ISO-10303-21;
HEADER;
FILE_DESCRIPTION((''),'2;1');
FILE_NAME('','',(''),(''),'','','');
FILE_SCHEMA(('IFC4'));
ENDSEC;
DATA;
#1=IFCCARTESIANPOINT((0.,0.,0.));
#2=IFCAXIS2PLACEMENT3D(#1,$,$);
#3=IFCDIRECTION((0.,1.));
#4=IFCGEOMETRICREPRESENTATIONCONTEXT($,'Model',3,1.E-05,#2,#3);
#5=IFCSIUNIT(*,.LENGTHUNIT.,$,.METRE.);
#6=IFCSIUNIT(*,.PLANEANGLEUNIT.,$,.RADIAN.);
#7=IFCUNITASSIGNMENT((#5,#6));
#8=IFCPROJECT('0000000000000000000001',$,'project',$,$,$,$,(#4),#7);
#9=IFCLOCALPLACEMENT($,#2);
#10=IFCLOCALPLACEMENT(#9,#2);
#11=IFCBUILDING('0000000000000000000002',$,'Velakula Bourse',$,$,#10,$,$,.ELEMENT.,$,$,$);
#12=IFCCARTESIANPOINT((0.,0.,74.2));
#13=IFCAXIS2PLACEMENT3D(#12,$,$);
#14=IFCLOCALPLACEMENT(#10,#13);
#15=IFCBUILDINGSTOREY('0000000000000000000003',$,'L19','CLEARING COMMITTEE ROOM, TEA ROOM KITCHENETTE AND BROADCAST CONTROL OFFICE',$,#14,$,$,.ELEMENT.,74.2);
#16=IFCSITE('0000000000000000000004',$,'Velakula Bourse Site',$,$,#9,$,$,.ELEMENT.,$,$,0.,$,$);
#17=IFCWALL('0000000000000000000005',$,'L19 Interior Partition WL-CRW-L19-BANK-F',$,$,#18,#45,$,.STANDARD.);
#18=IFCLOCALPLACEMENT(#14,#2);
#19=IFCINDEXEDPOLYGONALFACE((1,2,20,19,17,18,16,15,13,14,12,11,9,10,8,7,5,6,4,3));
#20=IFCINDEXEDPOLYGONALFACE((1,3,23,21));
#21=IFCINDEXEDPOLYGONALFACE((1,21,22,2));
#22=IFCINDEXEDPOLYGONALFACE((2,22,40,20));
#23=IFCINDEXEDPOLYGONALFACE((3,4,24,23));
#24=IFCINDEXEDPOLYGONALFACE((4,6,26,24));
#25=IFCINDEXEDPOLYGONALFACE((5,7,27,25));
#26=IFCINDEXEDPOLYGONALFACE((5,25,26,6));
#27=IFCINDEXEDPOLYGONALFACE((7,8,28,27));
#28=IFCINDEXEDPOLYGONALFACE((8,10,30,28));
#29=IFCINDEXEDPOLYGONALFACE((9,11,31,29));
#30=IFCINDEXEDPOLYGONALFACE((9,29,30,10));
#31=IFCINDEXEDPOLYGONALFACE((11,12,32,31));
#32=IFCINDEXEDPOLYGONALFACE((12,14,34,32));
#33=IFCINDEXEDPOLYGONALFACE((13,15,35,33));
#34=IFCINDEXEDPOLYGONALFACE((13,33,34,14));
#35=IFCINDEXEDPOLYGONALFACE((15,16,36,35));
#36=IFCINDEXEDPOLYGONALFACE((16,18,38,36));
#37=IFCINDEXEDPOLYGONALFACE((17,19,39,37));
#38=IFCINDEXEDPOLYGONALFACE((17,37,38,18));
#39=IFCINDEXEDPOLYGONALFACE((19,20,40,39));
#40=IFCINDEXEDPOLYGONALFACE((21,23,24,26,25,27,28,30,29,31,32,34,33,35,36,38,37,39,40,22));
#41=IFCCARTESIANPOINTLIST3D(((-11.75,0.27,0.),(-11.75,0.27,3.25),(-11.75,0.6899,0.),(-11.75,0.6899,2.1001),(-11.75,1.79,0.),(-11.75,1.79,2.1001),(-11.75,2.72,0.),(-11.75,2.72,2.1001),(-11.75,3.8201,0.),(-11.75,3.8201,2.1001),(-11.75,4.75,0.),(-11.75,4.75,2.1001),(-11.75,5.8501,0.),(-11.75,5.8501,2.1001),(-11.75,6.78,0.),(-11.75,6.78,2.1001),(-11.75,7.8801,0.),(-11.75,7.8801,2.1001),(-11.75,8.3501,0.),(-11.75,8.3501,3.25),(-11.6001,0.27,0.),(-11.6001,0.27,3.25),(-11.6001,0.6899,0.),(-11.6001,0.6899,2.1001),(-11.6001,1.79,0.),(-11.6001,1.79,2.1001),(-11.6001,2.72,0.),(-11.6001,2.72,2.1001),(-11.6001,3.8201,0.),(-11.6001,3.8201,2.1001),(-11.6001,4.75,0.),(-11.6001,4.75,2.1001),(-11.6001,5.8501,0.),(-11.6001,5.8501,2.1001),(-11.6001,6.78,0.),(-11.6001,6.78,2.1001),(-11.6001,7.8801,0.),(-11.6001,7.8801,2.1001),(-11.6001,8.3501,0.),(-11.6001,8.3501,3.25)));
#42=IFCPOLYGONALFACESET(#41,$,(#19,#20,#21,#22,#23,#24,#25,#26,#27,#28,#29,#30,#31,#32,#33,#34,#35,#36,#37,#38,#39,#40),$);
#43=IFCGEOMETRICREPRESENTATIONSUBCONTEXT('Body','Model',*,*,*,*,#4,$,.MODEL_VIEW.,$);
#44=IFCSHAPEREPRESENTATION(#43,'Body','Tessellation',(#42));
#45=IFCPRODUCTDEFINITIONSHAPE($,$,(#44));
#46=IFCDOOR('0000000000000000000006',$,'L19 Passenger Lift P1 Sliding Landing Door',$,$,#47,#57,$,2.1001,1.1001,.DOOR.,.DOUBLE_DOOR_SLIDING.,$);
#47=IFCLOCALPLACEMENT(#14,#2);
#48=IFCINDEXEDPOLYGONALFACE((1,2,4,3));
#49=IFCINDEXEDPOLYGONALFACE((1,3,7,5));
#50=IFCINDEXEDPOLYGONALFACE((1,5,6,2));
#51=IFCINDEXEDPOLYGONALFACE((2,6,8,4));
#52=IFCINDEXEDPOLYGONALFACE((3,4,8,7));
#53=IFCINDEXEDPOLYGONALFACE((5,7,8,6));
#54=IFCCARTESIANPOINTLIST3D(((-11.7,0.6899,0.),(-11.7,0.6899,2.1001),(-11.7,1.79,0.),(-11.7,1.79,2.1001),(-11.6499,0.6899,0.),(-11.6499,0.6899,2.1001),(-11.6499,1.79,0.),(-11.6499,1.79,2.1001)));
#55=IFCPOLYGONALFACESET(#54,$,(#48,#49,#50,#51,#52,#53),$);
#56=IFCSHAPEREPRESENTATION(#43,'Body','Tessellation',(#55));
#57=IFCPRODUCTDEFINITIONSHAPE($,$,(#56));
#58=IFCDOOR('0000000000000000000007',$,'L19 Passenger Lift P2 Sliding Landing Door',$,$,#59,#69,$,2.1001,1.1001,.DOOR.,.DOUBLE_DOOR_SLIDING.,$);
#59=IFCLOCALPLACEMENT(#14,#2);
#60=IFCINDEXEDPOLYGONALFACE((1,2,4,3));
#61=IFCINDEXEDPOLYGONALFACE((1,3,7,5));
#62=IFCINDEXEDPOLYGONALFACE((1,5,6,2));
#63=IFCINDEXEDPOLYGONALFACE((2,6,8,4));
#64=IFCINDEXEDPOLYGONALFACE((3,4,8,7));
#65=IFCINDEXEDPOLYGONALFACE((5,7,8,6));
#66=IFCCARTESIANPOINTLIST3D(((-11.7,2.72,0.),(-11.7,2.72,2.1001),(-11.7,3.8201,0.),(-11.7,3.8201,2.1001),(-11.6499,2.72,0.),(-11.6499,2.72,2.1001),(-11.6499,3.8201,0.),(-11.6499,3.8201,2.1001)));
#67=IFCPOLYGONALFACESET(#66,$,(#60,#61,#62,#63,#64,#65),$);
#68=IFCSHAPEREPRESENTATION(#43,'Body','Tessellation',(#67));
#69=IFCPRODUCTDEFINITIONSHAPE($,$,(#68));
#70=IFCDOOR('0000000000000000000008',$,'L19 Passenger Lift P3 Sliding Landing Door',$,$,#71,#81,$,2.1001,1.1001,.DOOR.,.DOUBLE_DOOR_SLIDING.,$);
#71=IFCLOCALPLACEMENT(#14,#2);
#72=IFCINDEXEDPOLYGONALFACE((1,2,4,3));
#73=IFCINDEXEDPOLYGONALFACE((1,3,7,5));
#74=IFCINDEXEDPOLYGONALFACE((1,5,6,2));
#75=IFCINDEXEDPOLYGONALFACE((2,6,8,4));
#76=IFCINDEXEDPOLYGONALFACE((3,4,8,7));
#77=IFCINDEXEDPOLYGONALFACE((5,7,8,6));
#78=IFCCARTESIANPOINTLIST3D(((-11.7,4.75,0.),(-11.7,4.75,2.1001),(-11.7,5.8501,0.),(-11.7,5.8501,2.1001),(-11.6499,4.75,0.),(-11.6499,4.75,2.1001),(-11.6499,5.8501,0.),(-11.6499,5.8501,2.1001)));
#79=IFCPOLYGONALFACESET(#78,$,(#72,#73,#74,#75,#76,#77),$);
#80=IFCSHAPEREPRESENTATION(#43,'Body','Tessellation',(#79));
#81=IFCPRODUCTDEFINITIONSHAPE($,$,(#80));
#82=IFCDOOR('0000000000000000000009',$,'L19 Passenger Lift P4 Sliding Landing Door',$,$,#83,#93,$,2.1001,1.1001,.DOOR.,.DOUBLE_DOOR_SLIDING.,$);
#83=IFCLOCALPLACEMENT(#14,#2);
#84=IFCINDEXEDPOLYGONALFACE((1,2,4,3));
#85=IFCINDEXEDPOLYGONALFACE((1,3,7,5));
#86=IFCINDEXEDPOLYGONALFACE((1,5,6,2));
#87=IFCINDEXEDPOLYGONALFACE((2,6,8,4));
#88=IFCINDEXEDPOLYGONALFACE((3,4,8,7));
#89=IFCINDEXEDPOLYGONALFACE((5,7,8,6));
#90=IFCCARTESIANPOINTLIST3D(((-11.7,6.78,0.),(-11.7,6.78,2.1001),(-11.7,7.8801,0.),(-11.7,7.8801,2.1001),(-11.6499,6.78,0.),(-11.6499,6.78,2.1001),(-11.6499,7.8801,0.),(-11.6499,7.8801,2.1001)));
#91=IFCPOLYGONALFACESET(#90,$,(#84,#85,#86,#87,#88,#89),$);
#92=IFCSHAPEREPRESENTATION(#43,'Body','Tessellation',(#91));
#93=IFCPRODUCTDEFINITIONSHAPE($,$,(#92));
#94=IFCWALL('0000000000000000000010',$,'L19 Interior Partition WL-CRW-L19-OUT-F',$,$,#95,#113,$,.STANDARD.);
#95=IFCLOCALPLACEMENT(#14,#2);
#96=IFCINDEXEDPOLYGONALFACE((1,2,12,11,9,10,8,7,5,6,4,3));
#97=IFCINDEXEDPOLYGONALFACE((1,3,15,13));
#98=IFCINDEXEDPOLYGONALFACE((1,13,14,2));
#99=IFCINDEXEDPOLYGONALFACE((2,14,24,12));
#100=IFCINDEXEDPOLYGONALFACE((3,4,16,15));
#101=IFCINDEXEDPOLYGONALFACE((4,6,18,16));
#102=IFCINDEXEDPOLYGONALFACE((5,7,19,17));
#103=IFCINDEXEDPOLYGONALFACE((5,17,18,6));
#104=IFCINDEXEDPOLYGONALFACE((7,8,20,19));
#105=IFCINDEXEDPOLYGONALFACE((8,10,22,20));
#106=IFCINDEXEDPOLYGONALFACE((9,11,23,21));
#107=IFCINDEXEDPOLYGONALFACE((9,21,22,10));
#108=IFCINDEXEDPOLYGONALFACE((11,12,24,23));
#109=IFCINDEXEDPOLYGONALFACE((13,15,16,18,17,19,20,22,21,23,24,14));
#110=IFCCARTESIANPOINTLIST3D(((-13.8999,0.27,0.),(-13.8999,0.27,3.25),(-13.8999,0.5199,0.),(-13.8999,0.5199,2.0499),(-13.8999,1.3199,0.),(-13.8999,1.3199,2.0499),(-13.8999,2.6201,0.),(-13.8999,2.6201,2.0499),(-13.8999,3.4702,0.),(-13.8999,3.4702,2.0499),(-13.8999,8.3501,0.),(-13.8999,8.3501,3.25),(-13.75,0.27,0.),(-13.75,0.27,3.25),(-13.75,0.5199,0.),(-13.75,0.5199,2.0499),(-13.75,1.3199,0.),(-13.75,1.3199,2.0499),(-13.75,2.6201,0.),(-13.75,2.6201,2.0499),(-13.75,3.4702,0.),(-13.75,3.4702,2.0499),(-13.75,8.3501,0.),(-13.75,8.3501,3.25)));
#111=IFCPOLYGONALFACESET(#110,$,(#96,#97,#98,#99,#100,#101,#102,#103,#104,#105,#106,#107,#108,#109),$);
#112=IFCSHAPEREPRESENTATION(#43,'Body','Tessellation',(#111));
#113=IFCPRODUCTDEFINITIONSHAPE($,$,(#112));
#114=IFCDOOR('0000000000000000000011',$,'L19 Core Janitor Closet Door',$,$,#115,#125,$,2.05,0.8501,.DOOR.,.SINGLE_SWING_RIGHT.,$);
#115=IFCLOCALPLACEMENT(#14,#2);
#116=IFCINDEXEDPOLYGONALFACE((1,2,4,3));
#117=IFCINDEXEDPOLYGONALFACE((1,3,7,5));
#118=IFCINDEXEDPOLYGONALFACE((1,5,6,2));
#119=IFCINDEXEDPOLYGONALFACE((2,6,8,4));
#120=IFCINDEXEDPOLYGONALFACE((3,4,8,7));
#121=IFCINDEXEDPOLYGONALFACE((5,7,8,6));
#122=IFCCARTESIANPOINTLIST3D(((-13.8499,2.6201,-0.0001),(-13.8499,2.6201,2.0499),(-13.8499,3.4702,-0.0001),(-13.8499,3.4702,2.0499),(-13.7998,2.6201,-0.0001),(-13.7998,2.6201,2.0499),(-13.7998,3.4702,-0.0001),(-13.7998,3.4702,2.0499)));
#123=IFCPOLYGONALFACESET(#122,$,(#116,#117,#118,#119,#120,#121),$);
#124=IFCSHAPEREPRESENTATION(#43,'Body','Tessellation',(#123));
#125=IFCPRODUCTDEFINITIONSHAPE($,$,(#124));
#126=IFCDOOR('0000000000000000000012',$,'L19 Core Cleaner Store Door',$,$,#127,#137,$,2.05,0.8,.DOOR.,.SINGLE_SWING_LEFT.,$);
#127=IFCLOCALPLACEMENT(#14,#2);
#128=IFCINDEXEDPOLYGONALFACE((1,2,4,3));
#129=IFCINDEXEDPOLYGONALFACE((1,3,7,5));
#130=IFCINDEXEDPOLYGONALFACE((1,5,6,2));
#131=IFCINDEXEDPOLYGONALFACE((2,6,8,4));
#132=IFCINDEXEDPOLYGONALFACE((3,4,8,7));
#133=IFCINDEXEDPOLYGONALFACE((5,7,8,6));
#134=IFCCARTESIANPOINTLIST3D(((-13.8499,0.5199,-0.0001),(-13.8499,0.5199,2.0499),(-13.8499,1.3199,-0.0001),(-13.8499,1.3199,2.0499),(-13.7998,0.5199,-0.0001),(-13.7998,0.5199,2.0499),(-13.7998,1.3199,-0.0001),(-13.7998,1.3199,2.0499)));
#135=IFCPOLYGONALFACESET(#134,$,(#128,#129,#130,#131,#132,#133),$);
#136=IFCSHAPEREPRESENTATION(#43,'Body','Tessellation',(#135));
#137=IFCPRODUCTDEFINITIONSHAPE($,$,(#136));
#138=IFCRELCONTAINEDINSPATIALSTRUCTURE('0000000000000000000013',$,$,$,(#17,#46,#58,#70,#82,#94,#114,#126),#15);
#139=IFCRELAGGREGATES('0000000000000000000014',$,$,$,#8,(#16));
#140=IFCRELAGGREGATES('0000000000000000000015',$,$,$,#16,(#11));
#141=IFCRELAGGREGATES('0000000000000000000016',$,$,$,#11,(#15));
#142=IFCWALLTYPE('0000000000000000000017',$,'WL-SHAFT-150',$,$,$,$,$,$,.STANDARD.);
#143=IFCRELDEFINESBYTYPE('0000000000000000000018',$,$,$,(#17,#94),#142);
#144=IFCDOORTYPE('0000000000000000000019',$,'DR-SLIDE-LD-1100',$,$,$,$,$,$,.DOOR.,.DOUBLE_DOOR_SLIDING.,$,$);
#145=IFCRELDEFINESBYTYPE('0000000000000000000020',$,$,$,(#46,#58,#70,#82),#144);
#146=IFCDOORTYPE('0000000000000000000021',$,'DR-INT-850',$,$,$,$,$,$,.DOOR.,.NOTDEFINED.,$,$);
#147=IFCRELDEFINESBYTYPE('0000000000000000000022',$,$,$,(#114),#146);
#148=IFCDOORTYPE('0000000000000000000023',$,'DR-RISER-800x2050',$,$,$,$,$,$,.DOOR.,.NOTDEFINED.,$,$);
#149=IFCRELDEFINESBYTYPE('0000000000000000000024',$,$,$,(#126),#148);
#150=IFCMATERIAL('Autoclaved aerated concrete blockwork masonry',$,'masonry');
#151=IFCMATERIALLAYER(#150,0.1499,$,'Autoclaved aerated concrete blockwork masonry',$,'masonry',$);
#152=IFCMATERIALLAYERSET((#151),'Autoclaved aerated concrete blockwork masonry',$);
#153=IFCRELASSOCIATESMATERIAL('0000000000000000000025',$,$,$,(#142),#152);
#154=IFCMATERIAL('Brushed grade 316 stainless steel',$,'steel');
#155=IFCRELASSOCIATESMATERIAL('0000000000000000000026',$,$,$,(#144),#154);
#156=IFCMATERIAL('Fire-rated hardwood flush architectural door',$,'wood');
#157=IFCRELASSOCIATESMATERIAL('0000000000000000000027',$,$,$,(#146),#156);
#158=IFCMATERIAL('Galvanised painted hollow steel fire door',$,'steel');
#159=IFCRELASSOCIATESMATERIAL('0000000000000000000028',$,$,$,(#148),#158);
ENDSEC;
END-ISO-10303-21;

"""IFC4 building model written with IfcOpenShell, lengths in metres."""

from ifc_helpers import new_model, si_unit, direction, frame, frame_2d, origin, place, context, subcontext, project, spatial, rectangle, extrude, material, layer, layer_set, type_object, element, fill, save


model = new_model("IFC4")

# Units and contexts
model_context = context("Model", 3, precision=1e-05, world=origin(), true_north=direction((0.0, 1.0)))
body_context = subcontext(model_context, "Body", "Model", "MODEL_VIEW")
ifc_project = project(units=[si_unit("LENGTHUNIT", "METRE"), si_unit("PLANEANGLEUNIT", "RADIAN")], contexts=[model_context])

# Site, building, storey
site_placement = place(None, origin())
site = spatial("IfcSite", under=ifc_project, at=site_placement, Name="Velakula Bourse Site", CompositionType="ELEMENT", RefElevation=0.0)
building_placement = place(site_placement, origin())
building = spatial("IfcBuilding", under=site, at=building_placement, Name="Velakula Bourse", CompositionType="ELEMENT")
storey_placement = place(building_placement, frame((0.0, 0.0, 74.2)))
storey = spatial("IfcBuildingStorey", under=building, at=storey_placement, Name="L19", Description="CLEARING COMMITTEE ROOM, TEA ROOM KITCHENETTE AND BROADCAST CONTROL OFFICE", CompositionType="ELEMENT", Elevation=74.2)

# Shared definitions
ifc_material_1 = material(Name="Autoclaved aerated concrete blockwork masonry", Category="masonry")
ifc_layer_1 = layer(ifc_material_1, 0.1499, Name="Autoclaved aerated concrete blockwork masonry", Category="masonry")
ifc_layer_set_1 = layer_set([ifc_layer_1], Name="Autoclaved aerated concrete blockwork masonry")
wall_type_1 = type_object("IfcWallType", Name="WL-SHAFT-150", PredefinedType="STANDARD", material=ifc_layer_set_1)

# Walls, openings, doors
wall_1_placement = place(storey_placement, frame((-11.675, 0.27, 0.0), z_axis=(0.0, 0.0, 1.0), x_axis=(0.0, 1.0, 0.0)))
wall_1 = element("IfcWall", 1, at=wall_1_placement, inside=storey, type_object=wall_type_1, Name="L19 Interior Partition WL-CRW-L19-BANK-F", PredefinedType="STANDARD", context=body_context, shape_type="SweptSolid", body=[
    extrude(rectangle(XDim=8.0801, YDim=0.1499, at=frame_2d((4.04, 0.0))), origin(), (0.0, 0.0, 1.0), 3.25),
])
opening_1_placement = place(wall_1_placement, frame((0.4199, 0.0, 0.0)))
opening_1 = element("IfcOpeningElement", 2, at=opening_1_placement, cuts=wall_1, PredefinedType="OPENING", context=body_context, shape_type="SweptSolid", body=[
    extrude(rectangle(XDim=1.1001, YDim=2.1001, at=frame_2d((0.55, 1.05))), frame((0.0, 0.085, 0.0), z_axis=(0.0, -1.0, 0.0), x_axis=(1.0, 0.0, 0.0)), (0.0, 0.0, 1.0), 0.1699),
])
opening_2_placement = place(wall_1_placement, frame((2.45, 0.0, 0.0)))
opening_2 = element("IfcOpeningElement", 3, at=opening_2_placement, cuts=wall_1, PredefinedType="OPENING", context=body_context, shape_type="SweptSolid", body=[
    extrude(rectangle(XDim=1.1001, YDim=2.1001, at=frame_2d((0.55, 1.05))), frame((0.0, 0.085, 0.0), z_axis=(0.0, -1.0, 0.0), x_axis=(1.0, 0.0, 0.0)), (0.0, 0.0, 1.0), 0.1699),
])
opening_3_placement = place(wall_1_placement, frame((4.48, 0.0, 0.0)))
opening_3 = element("IfcOpeningElement", 4, at=opening_3_placement, cuts=wall_1, PredefinedType="OPENING", context=body_context, shape_type="SweptSolid", body=[
    extrude(rectangle(XDim=1.1001, YDim=2.1001, at=frame_2d((0.55, 1.05))), frame((0.0, 0.085, 0.0), z_axis=(0.0, -1.0, 0.0), x_axis=(1.0, 0.0, 0.0)), (0.0, 0.0, 1.0), 0.1699),
])
opening_4_placement = place(wall_1_placement, frame((6.51, 0.0, 0.0)))
opening_4 = element("IfcOpeningElement", 5, at=opening_4_placement, cuts=wall_1, PredefinedType="OPENING", context=body_context, shape_type="SweptSolid", body=[
    extrude(rectangle(XDim=1.1001, YDim=2.1001, at=frame_2d((0.55, 1.05))), frame((0.0, 0.085, 0.0), z_axis=(0.0, -1.0, 0.0), x_axis=(1.0, 0.0, 0.0)), (0.0, 0.0, 1.0), 0.1699),
])
ifc_material_2 = material(Name="Brushed grade 316 stainless steel", Category="steel")
door_type_1 = type_object("IfcDoorType", Name="DR-SLIDE-LD-1100", OperationType="DOUBLE_DOOR_SLIDING", PredefinedType="DOOR", material=ifc_material_2)
door_1_placement = place(opening_1_placement, origin())
door_1 = element("IfcDoor", 6, at=door_1_placement, inside=storey, type_object=door_type_1, Name="L19 Passenger Lift P1 Sliding Landing Door", OperationType="DOUBLE_DOOR_SLIDING", OverallHeight=2.1001, OverallWidth=1.1001, PredefinedType="DOOR", context=body_context, shape_type="SweptSolid", body=[
    extrude(rectangle(XDim=1.1001, YDim=2.1001, at=frame_2d((0.55, 1.05))), frame((0.0, 0.0249, 0.0), z_axis=(0.0, -1.0, 0.0), x_axis=(1.0, 0.0, 0.0)), (0.0, 0.0, 1.0), 0.05),
])
fill(opening_1, door_1)
door_2_placement = place(opening_2_placement, origin())
door_2 = element("IfcDoor", 7, at=door_2_placement, inside=storey, type_object=door_type_1, Name="L19 Passenger Lift P2 Sliding Landing Door", OperationType="DOUBLE_DOOR_SLIDING", OverallHeight=2.1001, OverallWidth=1.1001, PredefinedType="DOOR", context=body_context, shape_type="SweptSolid", body=[
    extrude(rectangle(XDim=1.1001, YDim=2.1001, at=frame_2d((0.55, 1.05))), frame((0.0, 0.0249, 0.0), z_axis=(0.0, -1.0, 0.0), x_axis=(1.0, 0.0, 0.0)), (0.0, 0.0, 1.0), 0.05),
])
fill(opening_2, door_2)
door_3_placement = place(opening_3_placement, origin())
door_3 = element("IfcDoor", 8, at=door_3_placement, inside=storey, type_object=door_type_1, Name="L19 Passenger Lift P3 Sliding Landing Door", OperationType="DOUBLE_DOOR_SLIDING", OverallHeight=2.1001, OverallWidth=1.1001, PredefinedType="DOOR", context=body_context, shape_type="SweptSolid", body=[
    extrude(rectangle(XDim=1.1001, YDim=2.1001, at=frame_2d((0.55, 1.05))), frame((0.0, 0.0249, 0.0), z_axis=(0.0, -1.0, 0.0), x_axis=(1.0, 0.0, 0.0)), (0.0, 0.0, 1.0), 0.05),
])
fill(opening_3, door_3)
door_4_placement = place(opening_4_placement, origin())
door_4 = element("IfcDoor", 9, at=door_4_placement, inside=storey, type_object=door_type_1, Name="L19 Passenger Lift P4 Sliding Landing Door", OperationType="DOUBLE_DOOR_SLIDING", OverallHeight=2.1001, OverallWidth=1.1001, PredefinedType="DOOR", context=body_context, shape_type="SweptSolid", body=[
    extrude(rectangle(XDim=1.1001, YDim=2.1001, at=frame_2d((0.55, 1.05))), frame((0.0, 0.0249, 0.0), z_axis=(0.0, -1.0, 0.0), x_axis=(1.0, 0.0, 0.0)), (0.0, 0.0, 1.0), 0.05),
])
fill(opening_4, door_4)
wall_2_placement = place(storey_placement, frame((-13.825, 0.27, 0.0), z_axis=(0.0, 0.0, 1.0), x_axis=(0.0, 1.0, 0.0)))
wall_2 = element("IfcWall", 10, at=wall_2_placement, inside=storey, type_object=wall_type_1, Name="L19 Interior Partition WL-CRW-L19-OUT-F", PredefinedType="STANDARD", context=body_context, shape_type="SweptSolid", body=[
    extrude(rectangle(XDim=8.0801, YDim=0.1499, at=frame_2d((4.04, 0.0))), origin(), (0.0, 0.0, 1.0), 3.25),
])
opening_5_placement = place(wall_2_placement, frame((0.25, 0.0, 0.0)))
opening_5 = element("IfcOpeningElement", 11, at=opening_5_placement, cuts=wall_2, PredefinedType="OPENING", context=body_context, shape_type="SweptSolid", body=[
    extrude(rectangle(XDim=0.8, YDim=2.05, at=frame_2d((0.3999, 1.0249))), frame((0.0, 0.085, 0.0), z_axis=(0.0, -1.0, 0.0), x_axis=(1.0, 0.0, 0.0)), (0.0, 0.0, 1.0), 0.1699),
])
opening_6_placement = place(wall_2_placement, frame((2.3501, 0.0, 0.0)))
opening_6 = element("IfcOpeningElement", 12, at=opening_6_placement, cuts=wall_2, PredefinedType="OPENING", context=body_context, shape_type="SweptSolid", body=[
    extrude(rectangle(XDim=0.8501, YDim=2.05, at=frame_2d((0.425, 1.0249))), frame((0.0, 0.085, 0.0), z_axis=(0.0, -1.0, 0.0), x_axis=(1.0, 0.0, 0.0)), (0.0, 0.0, 1.0), 0.1699),
])
ifc_material_3 = material(Name="Fire-rated hardwood flush architectural door", Category="wood")
door_type_2 = type_object("IfcDoorType", Name="DR-INT-850", OperationType="NOTDEFINED", PredefinedType="DOOR", material=ifc_material_3)
door_5_placement = place(opening_6_placement, origin())
door_5 = element("IfcDoor", 13, at=door_5_placement, inside=storey, type_object=door_type_2, Name="L19 Core Janitor Closet Door", OperationType="SINGLE_SWING_RIGHT", OverallHeight=2.05, OverallWidth=0.8501, PredefinedType="DOOR", context=body_context, shape_type="SweptSolid", body=[
    extrude(rectangle(XDim=0.8501, YDim=2.05, at=frame_2d((0.425, 1.0249))), frame((0.0, 0.0249, 0.0), z_axis=(0.0, -1.0, 0.0), x_axis=(1.0, 0.0, 0.0)), (0.0, 0.0, 1.0), 0.05),
])
fill(opening_6, door_5)
ifc_material_4 = material(Name="Galvanised painted hollow steel fire door", Category="steel")
door_type_3 = type_object("IfcDoorType", Name="DR-RISER-800x2050", OperationType="NOTDEFINED", PredefinedType="DOOR", material=ifc_material_4)
door_6_placement = place(opening_5_placement, origin())
door_6 = element("IfcDoor", 14, at=door_6_placement, inside=storey, type_object=door_type_3, Name="L19 Core Cleaner Store Door", OperationType="SINGLE_SWING_LEFT", OverallHeight=2.05, OverallWidth=0.8, PredefinedType="DOOR", context=body_context, shape_type="SweptSolid", body=[
    extrude(rectangle(XDim=0.8, YDim=2.05, at=frame_2d((0.3999, 1.0249))), frame((0.0, 0.0249, 0.0), z_axis=(0.0, -1.0, 0.0), x_axis=(1.0, 0.0, 0.0)), (0.0, 0.0, 1.0), 0.05),
])
fill(opening_5, door_6)

save(model, "model.ifc")
